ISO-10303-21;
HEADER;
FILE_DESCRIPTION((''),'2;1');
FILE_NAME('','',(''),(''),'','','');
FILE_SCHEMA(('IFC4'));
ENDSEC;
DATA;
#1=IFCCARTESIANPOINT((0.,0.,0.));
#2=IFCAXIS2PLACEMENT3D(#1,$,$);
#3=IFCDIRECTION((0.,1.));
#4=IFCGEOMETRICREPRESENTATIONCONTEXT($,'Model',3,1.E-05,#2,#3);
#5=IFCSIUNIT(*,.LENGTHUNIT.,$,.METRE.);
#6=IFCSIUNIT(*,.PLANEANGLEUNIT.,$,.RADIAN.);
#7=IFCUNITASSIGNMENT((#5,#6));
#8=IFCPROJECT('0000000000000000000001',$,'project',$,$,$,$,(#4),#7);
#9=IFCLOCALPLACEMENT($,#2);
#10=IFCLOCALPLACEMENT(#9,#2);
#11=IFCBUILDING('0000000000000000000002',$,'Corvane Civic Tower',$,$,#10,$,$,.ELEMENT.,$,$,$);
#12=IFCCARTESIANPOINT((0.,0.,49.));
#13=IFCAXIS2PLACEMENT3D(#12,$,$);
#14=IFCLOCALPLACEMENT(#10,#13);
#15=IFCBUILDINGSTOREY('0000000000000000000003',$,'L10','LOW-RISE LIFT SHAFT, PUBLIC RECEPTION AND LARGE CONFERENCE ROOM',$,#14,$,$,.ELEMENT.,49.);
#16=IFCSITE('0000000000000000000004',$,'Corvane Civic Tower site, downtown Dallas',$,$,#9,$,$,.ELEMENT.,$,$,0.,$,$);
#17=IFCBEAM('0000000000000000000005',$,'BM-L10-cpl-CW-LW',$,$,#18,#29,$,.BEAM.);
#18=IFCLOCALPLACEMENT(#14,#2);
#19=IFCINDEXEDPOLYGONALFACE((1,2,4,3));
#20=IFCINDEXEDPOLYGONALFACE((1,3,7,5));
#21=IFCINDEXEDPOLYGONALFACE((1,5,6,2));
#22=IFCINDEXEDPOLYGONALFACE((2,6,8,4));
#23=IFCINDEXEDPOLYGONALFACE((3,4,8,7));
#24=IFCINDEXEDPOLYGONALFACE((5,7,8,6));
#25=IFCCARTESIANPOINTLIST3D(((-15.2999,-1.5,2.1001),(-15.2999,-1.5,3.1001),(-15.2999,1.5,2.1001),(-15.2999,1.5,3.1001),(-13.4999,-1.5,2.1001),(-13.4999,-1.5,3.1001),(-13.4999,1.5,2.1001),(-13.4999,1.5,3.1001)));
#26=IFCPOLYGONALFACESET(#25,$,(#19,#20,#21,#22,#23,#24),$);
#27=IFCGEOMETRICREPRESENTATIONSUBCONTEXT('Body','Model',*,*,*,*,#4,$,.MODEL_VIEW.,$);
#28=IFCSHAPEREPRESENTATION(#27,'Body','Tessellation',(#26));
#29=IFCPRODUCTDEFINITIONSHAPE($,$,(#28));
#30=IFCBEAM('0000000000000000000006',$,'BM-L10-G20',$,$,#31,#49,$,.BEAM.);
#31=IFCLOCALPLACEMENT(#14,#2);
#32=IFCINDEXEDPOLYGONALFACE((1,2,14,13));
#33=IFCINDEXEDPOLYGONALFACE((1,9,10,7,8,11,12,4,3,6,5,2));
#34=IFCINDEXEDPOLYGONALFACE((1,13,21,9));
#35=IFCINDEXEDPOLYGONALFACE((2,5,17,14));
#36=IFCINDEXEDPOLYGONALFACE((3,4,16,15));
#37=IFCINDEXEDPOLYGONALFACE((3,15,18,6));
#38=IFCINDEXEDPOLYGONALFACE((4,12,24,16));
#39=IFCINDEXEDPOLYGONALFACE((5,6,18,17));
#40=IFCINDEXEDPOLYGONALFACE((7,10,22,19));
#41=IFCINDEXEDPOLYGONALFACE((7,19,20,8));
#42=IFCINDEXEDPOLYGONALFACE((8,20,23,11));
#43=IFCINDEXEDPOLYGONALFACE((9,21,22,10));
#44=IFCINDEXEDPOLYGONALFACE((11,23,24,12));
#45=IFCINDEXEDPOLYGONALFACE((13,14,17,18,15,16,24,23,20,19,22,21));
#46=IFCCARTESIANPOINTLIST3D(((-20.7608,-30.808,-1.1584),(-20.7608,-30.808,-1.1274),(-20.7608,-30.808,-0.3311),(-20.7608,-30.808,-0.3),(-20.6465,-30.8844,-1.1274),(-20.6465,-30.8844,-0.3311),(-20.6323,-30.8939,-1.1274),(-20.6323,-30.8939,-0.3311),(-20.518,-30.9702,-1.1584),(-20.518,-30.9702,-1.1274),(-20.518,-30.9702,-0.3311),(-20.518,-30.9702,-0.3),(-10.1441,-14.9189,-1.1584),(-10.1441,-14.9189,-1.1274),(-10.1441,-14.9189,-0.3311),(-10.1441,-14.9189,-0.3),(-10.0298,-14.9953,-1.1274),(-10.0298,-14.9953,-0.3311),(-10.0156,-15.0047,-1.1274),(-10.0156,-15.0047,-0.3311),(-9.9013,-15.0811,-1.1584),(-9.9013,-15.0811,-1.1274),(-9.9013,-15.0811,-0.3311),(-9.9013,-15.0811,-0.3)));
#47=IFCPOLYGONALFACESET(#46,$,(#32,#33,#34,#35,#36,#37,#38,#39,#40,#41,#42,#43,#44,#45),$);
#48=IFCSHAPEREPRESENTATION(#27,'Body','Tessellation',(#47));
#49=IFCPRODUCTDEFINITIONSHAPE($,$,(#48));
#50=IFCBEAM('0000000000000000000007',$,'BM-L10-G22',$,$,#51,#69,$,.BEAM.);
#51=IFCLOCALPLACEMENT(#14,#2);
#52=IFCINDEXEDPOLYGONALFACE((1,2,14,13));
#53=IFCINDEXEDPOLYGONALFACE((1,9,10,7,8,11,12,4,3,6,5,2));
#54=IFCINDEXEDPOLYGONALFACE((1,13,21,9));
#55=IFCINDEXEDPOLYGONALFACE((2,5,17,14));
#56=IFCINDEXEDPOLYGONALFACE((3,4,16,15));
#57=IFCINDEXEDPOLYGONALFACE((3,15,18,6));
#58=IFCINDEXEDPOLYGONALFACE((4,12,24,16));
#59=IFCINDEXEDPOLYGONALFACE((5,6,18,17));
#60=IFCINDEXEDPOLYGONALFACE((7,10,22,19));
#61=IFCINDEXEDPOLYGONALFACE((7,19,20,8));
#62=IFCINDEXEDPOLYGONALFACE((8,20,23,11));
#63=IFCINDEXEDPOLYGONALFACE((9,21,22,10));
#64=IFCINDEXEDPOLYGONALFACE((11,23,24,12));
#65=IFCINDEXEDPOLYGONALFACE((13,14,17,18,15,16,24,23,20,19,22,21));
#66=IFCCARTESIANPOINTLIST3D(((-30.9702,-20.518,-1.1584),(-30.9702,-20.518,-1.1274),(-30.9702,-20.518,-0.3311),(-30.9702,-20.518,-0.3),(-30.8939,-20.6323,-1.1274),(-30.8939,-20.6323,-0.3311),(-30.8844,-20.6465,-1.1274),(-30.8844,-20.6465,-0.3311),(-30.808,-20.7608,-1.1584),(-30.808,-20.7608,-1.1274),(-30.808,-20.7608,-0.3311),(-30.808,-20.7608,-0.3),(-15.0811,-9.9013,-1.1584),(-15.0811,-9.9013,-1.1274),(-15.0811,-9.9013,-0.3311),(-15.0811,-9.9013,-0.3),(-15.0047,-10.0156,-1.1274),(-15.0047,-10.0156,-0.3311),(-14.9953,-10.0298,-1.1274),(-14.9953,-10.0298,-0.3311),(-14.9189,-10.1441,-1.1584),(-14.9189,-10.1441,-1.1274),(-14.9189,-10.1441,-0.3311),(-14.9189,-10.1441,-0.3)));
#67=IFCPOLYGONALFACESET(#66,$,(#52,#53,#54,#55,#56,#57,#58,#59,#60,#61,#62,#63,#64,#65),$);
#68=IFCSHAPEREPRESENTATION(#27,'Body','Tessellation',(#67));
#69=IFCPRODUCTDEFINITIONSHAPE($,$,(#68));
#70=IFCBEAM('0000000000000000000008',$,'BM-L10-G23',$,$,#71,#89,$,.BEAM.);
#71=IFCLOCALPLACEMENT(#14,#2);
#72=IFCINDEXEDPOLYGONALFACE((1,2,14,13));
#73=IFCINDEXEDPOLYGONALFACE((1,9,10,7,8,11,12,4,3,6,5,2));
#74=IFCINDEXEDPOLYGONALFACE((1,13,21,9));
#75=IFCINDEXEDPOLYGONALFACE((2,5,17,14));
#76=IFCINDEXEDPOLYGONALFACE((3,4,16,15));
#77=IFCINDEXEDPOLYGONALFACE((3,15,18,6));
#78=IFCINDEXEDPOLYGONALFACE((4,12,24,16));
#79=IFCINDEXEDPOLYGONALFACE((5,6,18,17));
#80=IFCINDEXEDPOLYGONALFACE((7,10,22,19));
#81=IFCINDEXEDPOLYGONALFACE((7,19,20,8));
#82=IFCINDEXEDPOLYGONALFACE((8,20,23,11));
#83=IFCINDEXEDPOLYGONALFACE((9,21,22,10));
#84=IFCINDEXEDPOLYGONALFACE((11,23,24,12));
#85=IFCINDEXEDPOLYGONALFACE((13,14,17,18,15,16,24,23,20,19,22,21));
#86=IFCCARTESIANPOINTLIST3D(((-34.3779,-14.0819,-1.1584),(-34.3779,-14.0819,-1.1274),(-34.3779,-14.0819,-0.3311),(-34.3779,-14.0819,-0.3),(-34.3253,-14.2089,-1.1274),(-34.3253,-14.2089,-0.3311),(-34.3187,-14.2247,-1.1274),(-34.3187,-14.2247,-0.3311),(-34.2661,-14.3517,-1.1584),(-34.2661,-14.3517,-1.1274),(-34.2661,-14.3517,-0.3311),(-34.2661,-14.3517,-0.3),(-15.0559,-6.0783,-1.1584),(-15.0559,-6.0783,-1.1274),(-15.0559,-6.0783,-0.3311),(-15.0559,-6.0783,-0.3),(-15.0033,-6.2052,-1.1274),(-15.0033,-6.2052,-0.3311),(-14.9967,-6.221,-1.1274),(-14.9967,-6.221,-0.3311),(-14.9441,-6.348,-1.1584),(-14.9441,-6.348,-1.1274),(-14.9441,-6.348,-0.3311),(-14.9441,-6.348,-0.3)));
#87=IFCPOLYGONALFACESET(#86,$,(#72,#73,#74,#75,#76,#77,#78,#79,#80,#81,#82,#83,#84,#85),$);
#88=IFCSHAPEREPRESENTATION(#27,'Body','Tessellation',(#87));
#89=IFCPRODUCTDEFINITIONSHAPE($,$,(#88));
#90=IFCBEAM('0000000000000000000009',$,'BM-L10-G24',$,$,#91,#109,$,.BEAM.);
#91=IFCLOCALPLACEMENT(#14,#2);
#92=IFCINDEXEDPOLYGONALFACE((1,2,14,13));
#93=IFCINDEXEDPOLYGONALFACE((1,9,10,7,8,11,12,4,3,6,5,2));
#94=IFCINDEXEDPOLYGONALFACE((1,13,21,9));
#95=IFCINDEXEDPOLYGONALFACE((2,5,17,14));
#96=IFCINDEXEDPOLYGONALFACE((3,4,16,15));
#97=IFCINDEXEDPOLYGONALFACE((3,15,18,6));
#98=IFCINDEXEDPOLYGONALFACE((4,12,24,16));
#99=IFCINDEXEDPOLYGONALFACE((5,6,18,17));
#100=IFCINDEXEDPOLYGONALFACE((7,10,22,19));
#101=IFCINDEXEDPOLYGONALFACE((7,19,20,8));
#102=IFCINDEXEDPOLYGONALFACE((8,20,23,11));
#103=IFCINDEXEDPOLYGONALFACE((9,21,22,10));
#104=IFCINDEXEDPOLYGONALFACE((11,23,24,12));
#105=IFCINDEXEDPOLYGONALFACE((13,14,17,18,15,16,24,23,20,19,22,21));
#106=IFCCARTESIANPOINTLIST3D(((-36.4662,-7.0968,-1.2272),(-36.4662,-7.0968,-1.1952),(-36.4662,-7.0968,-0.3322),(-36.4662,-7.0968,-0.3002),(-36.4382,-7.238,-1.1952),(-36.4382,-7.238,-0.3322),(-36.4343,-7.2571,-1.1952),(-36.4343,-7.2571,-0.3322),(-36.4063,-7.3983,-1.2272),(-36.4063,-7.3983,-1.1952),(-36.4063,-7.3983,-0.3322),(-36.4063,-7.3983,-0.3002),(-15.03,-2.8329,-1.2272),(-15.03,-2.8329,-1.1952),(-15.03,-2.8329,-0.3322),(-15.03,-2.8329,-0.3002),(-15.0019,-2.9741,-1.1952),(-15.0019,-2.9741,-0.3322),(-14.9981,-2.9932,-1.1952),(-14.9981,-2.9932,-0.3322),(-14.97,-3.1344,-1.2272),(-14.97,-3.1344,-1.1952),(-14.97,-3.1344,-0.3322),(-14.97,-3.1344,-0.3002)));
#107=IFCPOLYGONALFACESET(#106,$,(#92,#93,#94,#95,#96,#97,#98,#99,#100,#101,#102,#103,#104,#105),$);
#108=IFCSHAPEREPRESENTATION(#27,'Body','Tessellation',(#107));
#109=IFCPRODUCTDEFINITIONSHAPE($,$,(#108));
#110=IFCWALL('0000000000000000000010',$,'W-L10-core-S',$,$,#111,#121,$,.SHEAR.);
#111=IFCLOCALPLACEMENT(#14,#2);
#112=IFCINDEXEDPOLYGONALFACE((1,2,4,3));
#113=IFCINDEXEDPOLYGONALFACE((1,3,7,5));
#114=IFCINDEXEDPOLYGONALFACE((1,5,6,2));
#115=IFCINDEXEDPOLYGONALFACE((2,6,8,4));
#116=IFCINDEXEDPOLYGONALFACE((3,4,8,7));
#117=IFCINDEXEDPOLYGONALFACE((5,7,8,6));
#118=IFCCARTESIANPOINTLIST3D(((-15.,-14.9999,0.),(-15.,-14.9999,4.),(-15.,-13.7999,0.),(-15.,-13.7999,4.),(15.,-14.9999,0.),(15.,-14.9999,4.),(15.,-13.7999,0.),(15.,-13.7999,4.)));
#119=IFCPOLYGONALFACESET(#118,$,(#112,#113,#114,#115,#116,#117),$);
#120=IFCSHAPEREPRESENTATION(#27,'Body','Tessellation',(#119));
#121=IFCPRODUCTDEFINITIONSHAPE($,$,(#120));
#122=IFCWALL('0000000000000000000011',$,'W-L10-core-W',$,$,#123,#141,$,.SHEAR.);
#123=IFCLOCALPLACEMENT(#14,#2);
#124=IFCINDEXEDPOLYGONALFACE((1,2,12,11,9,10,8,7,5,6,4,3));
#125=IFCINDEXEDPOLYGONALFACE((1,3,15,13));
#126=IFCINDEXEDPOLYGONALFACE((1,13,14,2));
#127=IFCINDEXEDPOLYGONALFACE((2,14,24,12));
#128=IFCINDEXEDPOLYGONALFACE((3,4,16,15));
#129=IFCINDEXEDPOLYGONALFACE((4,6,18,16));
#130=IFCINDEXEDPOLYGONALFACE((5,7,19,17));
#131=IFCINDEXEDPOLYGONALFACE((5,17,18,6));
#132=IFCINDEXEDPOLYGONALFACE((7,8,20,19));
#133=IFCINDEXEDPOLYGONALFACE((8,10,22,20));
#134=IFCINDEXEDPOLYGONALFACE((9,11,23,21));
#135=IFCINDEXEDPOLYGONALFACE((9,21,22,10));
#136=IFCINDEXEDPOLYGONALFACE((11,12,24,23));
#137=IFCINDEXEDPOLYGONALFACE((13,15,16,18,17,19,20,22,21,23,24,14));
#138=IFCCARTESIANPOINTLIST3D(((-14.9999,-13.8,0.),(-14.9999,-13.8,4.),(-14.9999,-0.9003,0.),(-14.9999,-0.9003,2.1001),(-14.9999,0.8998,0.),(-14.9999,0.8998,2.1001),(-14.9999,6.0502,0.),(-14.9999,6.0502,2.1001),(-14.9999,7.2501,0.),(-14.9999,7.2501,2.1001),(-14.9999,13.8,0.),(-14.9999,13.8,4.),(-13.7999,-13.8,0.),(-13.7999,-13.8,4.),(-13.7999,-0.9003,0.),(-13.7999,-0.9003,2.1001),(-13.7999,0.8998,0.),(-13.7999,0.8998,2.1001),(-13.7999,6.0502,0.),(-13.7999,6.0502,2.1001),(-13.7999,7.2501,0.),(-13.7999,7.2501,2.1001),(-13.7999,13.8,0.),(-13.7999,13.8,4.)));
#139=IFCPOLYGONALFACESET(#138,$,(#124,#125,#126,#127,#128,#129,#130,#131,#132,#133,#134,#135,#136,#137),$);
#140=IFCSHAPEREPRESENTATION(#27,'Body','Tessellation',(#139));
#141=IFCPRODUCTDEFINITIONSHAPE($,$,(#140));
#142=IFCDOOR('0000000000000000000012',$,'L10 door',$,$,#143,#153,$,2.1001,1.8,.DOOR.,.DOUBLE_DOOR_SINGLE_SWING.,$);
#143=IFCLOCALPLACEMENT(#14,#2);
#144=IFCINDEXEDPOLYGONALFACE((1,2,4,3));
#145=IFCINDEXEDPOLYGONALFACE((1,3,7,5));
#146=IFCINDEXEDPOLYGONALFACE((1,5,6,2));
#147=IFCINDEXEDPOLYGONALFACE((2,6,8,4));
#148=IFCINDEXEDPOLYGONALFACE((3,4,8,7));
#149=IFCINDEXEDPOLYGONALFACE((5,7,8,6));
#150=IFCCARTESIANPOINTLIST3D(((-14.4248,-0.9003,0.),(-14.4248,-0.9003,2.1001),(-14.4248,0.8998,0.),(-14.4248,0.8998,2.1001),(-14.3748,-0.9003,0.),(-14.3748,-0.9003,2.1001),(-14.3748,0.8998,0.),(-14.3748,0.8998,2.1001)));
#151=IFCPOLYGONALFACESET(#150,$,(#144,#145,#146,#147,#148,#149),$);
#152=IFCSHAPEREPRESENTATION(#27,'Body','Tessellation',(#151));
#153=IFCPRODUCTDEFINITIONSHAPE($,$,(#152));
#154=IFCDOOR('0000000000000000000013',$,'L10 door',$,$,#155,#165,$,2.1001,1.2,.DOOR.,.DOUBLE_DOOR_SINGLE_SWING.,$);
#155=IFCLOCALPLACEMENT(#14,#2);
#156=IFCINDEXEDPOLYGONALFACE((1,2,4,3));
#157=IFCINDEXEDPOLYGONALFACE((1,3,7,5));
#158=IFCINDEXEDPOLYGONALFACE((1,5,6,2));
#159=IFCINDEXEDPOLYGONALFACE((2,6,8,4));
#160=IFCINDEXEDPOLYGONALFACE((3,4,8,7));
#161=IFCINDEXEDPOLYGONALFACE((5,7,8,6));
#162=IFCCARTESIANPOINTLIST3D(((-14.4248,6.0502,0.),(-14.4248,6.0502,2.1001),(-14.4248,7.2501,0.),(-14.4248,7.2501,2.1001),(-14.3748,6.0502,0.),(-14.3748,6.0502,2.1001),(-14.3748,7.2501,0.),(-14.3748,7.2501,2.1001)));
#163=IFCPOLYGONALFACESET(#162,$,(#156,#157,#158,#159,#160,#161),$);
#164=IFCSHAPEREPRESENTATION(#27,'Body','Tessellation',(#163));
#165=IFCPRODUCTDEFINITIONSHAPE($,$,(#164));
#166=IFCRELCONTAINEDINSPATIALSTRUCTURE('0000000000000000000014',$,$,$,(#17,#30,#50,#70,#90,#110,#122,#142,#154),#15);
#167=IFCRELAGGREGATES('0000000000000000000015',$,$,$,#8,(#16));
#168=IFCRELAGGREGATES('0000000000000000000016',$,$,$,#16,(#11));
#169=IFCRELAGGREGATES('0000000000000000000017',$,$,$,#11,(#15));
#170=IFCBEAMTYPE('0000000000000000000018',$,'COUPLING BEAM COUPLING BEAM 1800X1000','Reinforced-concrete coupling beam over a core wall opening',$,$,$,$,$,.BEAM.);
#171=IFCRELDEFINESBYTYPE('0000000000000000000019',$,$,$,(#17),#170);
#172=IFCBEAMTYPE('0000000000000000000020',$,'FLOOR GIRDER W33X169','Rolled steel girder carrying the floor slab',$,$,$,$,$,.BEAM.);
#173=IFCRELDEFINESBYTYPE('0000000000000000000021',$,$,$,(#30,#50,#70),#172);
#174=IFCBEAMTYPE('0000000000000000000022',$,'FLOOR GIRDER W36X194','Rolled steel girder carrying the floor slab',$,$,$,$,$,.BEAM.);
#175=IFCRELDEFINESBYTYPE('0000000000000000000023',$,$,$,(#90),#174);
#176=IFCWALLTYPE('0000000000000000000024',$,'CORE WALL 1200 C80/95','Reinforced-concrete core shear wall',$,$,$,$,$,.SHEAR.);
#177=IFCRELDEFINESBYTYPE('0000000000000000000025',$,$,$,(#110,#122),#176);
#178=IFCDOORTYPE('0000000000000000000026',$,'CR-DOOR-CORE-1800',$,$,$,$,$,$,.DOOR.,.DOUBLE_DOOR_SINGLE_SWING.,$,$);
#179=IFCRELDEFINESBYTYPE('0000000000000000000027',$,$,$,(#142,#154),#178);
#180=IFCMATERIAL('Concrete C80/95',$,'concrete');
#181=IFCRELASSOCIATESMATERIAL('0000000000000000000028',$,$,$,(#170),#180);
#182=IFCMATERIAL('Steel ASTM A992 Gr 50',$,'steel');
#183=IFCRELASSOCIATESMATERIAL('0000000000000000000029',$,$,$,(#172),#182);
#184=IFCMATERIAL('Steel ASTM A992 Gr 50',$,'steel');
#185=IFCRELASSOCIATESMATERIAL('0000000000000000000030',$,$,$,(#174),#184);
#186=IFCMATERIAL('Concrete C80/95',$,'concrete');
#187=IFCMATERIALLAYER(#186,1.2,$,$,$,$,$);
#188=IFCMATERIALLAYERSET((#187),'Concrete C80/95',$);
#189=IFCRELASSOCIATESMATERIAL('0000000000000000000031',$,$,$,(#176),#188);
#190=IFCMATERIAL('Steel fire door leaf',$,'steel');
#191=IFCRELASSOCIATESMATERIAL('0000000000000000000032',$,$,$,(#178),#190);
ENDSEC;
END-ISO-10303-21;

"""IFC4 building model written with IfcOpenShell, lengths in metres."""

from ifc_helpers import new_model, si_unit, direction, frame, frame_2d, origin, origin_2d, place, context, subcontext, project, spatial, rectangle, i_section, extrude, material, layer, layer_set, material_profile, profile_set, type_object, element, fill, save


model = new_model("IFC4")

# Units and contexts
model_context = context("Model", 3, precision=1e-05, world=origin(), true_north=direction((0.0, 1.0)))
body_context = subcontext(model_context, "Body", "Model", "MODEL_VIEW")
ifc_project = project(units=[si_unit("LENGTHUNIT", "METRE"), si_unit("PLANEANGLEUNIT", "RADIAN")], contexts=[model_context])

# Site, building, storey
site_placement = place(None, origin())
site = spatial("IfcSite", under=ifc_project, at=site_placement, Name="Corvane Civic Tower site, downtown Dallas", CompositionType="ELEMENT", RefElevation=0.0)
building_placement = place(site_placement, origin())
building = spatial("IfcBuilding", under=site, at=building_placement, Name="Corvane Civic Tower", CompositionType="ELEMENT")
storey_placement = place(building_placement, frame((0.0, 0.0, 49.0)))
storey = spatial("IfcBuildingStorey", under=building, at=storey_placement, Name="L10", Description="LOW-RISE LIFT SHAFT, PUBLIC RECEPTION AND LARGE CONFERENCE ROOM", CompositionType="ELEMENT", Elevation=49.0)

# Beams
ifc_material_1 = material(Name="Concrete C80/95", Category="concrete")
ifc_material_profile_1 = material_profile(ifc_material_1, rectangle(XDim=1.8, YDim=1.0, at=origin_2d()), Name="COUPLING BEAM 1800X1000")
ifc_profile_set_1 = profile_set([ifc_material_profile_1], Name="Concrete C80/95")
beam_type_1 = type_object("IfcBeamType", Name="COUPLING BEAM COUPLING BEAM 1800X1000", Description="Reinforced-concrete coupling beam over a core wall opening", PredefinedType="BEAM", material=ifc_profile_set_1)
beam_1_placement = place(storey_placement, frame((-14.3999, -1.5, 2.6001), z_axis=(0.0, 1.0, 0.0), x_axis=(-1.0, 0.0, 0.0)))
element("IfcBeam", 1, at=beam_1_placement, inside=storey, type_object=beam_type_1, Name="BM-L10-cpl-CW-LW", PredefinedType="BEAM", context=body_context, shape_type="SweptSolid", body=[
    extrude(rectangle(XDim=1.8, YDim=1.0, at=origin_2d()), origin(), (0.0, 0.0, 1.0), 3.0),
])
ifc_material_2 = material(Name="Steel ASTM A992 Gr 50", Category="steel")
ifc_material_profile_2 = material_profile(ifc_material_2, i_section(OverallWidth=0.292, OverallDepth=0.8584, WebThickness=0.0171, FlangeThickness=0.031, at=origin_2d()), Name="W33X169")
ifc_profile_set_2 = profile_set([ifc_material_profile_2], Name="Steel ASTM A992 Gr 50")
beam_type_2 = type_object("IfcBeamType", Name="FLOOR GIRDER W33X169", Description="Rolled steel girder carrying the floor slab", PredefinedType="BEAM", material=ifc_profile_set_2)
for number, where, z_axis, x_axis, name in (
    (2, (-10.0227, -15.0, -0.7292), (-0.555567, -0.831472, 0.0), (0.831472, -0.555567, 0.0), "BM-L10-G20"),
    (3, (-15.0, -10.0227, -0.7292), (-0.831472, -0.555567, 0.0), (0.555567, -0.831472, 0.0), "BM-L10-G22"),
):
    element("IfcBeam", number, at=place(storey_placement, frame(where, z_axis=z_axis, x_axis=x_axis)), inside=storey, type_object=beam_type_2, Name=name, PredefinedType="BEAM", context=body_context, shape_type="SweptSolid", body=[
        extrude(i_section(OverallWidth=0.292, OverallDepth=0.8584, WebThickness=0.0171, FlangeThickness=0.031, at=origin_2d()), origin(), (0.0, 0.0, 1.0), 19.1096),
    ])
beam_2_placement = place(storey_placement, frame((-15.0, -6.2131, -0.7292), z_axis=(-0.923876, -0.382692, 0.0), x_axis=(0.382692, -0.923876, 0.0)))
element("IfcBeam", 4, at=beam_2_placement, inside=storey, type_object=beam_type_2, Name="BM-L10-G23", PredefinedType="BEAM", context=body_context, shape_type="SweptSolid", body=[
    extrude(i_section(OverallWidth=0.292, OverallDepth=0.8584, WebThickness=0.0171, FlangeThickness=0.031, at=origin_2d()), origin(), (0.0, 0.0, 1.0), 20.9141),
])
ifc_material_3 = material(Name="Steel ASTM A992 Gr 50", Category="steel")
ifc_material_profile_3 = material_profile(ifc_material_3, i_section(OverallWidth=0.3074, OverallDepth=0.927, WebThickness=0.0195, FlangeThickness=0.032, at=origin_2d()), Name="W36X194")
ifc_profile_set_3 = profile_set([ifc_material_profile_3], Name="Steel ASTM A992 Gr 50")
beam_type_3 = type_object("IfcBeamType", Name="FLOOR GIRDER W36X194", Description="Rolled steel girder carrying the floor slab", PredefinedType="BEAM", material=ifc_profile_set_3)
beam_3_placement = place(storey_placement, frame((-15.0, -2.9836, -0.7637), z_axis=(-0.980785, -0.195089, 0.0), x_axis=(0.195089, -0.980785, 0.0)))
element("IfcBeam", 5, at=beam_3_placement, inside=storey, type_object=beam_type_3, Name="BM-L10-G24", PredefinedType="BEAM", context=body_context, shape_type="SweptSolid", body=[
    extrude(i_section(OverallWidth=0.3074, OverallDepth=0.927, WebThickness=0.0195, FlangeThickness=0.032, at=origin_2d()), origin(), (0.0, 0.0, 1.0), 21.8562),
])

# Wall
ifc_material_4 = material(Name="Concrete C80/95", Category="concrete")
ifc_layer_1 = layer(ifc_material_4, 1.2)
ifc_layer_set_1 = layer_set([ifc_layer_1], Name="Concrete C80/95")
wall_type_1 = type_object("IfcWallType", Name="CORE WALL 1200 C80/95", Description="Reinforced-concrete core shear wall", PredefinedType="SHEAR", material=ifc_layer_set_1)
wall_1_placement = place(storey_placement, frame((-15.0, -14.3999, 0.0), z_axis=(0.0, 0.0, 1.0), x_axis=(1.0, 0.0, 0.0)))
element("IfcWall", 6, at=wall_1_placement, inside=storey, type_object=wall_type_1, Name="W-L10-core-S", PredefinedType="SHEAR", context=body_context, shape_type="SweptSolid", body=[
    extrude(rectangle(XDim=30.0, YDim=1.2, at=frame_2d((15.0, 0.0))), origin(), (0.0, 0.0, 1.0), 4.0),
])

# Wall, openings, doors
wall_2_placement = place(storey_placement, frame((-14.3999, -13.8, 0.0), z_axis=(0.0, 0.0, 1.0), x_axis=(0.0, 1.0, 0.0)))
wall_2 = element("IfcWall", 7, at=wall_2_placement, inside=storey, type_object=wall_type_1, Name="W-L10-core-W", PredefinedType="SHEAR", context=body_context, shape_type="SweptSolid", body=[
    extrude(rectangle(XDim=27.6001, YDim=1.2, at=frame_2d((13.8, 0.0))), origin(), (0.0, 0.0, 1.0), 4.0),
])
opening_1_placement = place(wall_2_placement, frame((12.8999, 0.0, 0.0)))
opening_1 = element("IfcOpeningElement", 8, at=opening_1_placement, cuts=wall_2, PredefinedType="OPENING", context=body_context, shape_type="SweptSolid", body=[
    extrude(rectangle(XDim=1.8, YDim=2.1001, at=frame_2d((0.8999, 1.05))), frame((0.0, 0.6099, 0.0), z_axis=(0.0, -1.0, 0.0), x_axis=(1.0, 0.0, 0.0)), (0.0, 0.0, 1.0), 1.22),
])
opening_2_placement = place(wall_2_placement, frame((19.8501, 0.0, 0.0)))
opening_2 = element("IfcOpeningElement", 9, at=opening_2_placement, cuts=wall_2, PredefinedType="OPENING", context=body_context, shape_type="SweptSolid", body=[
    extrude(rectangle(XDim=1.2, YDim=2.1001, at=frame_2d((0.6001, 1.05))), frame((0.0, 0.6099, 0.0), z_axis=(0.0, -1.0, 0.0), x_axis=(1.0, 0.0, 0.0)), (0.0, 0.0, 1.0), 1.22),
])
ifc_material_5 = material(Name="Steel fire door leaf", Category="steel")
door_type_1 = type_object("IfcDoorType", Name="CR-DOOR-CORE-1800", OperationType="DOUBLE_DOOR_SINGLE_SWING", PredefinedType="DOOR", material=ifc_material_5)
door_1_placement = place(opening_1_placement, origin())
door_1 = element("IfcDoor", 10, at=door_1_placement, inside=storey, type_object=door_type_1, Name="L10 door", OperationType="DOUBLE_DOOR_SINGLE_SWING", OverallHeight=2.1001, OverallWidth=1.8, PredefinedType="DOOR", context=body_context, shape_type="SweptSolid", body=[
    extrude(rectangle(XDim=1.8, YDim=2.1001, at=frame_2d((0.8999, 1.05))), frame((0.0, 0.0249, 0.0), z_axis=(0.0, -1.0, 0.0), x_axis=(1.0, 0.0, 0.0)), (0.0, 0.0, 1.0), 0.05),
])
fill(opening_1, door_1)
door_2_placement = place(opening_2_placement, origin())
door_2 = element("IfcDoor", 11, at=door_2_placement, inside=storey, type_object=door_type_1, Name="L10 door", OperationType="DOUBLE_DOOR_SINGLE_SWING", OverallHeight=2.1001, OverallWidth=1.2, PredefinedType="DOOR", context=body_context, shape_type="SweptSolid", body=[
    extrude(rectangle(XDim=1.2, YDim=2.1001, at=frame_2d((0.6001, 1.05))), frame((0.0, 0.0249, 0.0), z_axis=(0.0, -1.0, 0.0), x_axis=(1.0, 0.0, 0.0)), (0.0, 0.0, 1.0), 0.05),
])
fill(opening_2, door_2)

save(model, "model.ifc")
